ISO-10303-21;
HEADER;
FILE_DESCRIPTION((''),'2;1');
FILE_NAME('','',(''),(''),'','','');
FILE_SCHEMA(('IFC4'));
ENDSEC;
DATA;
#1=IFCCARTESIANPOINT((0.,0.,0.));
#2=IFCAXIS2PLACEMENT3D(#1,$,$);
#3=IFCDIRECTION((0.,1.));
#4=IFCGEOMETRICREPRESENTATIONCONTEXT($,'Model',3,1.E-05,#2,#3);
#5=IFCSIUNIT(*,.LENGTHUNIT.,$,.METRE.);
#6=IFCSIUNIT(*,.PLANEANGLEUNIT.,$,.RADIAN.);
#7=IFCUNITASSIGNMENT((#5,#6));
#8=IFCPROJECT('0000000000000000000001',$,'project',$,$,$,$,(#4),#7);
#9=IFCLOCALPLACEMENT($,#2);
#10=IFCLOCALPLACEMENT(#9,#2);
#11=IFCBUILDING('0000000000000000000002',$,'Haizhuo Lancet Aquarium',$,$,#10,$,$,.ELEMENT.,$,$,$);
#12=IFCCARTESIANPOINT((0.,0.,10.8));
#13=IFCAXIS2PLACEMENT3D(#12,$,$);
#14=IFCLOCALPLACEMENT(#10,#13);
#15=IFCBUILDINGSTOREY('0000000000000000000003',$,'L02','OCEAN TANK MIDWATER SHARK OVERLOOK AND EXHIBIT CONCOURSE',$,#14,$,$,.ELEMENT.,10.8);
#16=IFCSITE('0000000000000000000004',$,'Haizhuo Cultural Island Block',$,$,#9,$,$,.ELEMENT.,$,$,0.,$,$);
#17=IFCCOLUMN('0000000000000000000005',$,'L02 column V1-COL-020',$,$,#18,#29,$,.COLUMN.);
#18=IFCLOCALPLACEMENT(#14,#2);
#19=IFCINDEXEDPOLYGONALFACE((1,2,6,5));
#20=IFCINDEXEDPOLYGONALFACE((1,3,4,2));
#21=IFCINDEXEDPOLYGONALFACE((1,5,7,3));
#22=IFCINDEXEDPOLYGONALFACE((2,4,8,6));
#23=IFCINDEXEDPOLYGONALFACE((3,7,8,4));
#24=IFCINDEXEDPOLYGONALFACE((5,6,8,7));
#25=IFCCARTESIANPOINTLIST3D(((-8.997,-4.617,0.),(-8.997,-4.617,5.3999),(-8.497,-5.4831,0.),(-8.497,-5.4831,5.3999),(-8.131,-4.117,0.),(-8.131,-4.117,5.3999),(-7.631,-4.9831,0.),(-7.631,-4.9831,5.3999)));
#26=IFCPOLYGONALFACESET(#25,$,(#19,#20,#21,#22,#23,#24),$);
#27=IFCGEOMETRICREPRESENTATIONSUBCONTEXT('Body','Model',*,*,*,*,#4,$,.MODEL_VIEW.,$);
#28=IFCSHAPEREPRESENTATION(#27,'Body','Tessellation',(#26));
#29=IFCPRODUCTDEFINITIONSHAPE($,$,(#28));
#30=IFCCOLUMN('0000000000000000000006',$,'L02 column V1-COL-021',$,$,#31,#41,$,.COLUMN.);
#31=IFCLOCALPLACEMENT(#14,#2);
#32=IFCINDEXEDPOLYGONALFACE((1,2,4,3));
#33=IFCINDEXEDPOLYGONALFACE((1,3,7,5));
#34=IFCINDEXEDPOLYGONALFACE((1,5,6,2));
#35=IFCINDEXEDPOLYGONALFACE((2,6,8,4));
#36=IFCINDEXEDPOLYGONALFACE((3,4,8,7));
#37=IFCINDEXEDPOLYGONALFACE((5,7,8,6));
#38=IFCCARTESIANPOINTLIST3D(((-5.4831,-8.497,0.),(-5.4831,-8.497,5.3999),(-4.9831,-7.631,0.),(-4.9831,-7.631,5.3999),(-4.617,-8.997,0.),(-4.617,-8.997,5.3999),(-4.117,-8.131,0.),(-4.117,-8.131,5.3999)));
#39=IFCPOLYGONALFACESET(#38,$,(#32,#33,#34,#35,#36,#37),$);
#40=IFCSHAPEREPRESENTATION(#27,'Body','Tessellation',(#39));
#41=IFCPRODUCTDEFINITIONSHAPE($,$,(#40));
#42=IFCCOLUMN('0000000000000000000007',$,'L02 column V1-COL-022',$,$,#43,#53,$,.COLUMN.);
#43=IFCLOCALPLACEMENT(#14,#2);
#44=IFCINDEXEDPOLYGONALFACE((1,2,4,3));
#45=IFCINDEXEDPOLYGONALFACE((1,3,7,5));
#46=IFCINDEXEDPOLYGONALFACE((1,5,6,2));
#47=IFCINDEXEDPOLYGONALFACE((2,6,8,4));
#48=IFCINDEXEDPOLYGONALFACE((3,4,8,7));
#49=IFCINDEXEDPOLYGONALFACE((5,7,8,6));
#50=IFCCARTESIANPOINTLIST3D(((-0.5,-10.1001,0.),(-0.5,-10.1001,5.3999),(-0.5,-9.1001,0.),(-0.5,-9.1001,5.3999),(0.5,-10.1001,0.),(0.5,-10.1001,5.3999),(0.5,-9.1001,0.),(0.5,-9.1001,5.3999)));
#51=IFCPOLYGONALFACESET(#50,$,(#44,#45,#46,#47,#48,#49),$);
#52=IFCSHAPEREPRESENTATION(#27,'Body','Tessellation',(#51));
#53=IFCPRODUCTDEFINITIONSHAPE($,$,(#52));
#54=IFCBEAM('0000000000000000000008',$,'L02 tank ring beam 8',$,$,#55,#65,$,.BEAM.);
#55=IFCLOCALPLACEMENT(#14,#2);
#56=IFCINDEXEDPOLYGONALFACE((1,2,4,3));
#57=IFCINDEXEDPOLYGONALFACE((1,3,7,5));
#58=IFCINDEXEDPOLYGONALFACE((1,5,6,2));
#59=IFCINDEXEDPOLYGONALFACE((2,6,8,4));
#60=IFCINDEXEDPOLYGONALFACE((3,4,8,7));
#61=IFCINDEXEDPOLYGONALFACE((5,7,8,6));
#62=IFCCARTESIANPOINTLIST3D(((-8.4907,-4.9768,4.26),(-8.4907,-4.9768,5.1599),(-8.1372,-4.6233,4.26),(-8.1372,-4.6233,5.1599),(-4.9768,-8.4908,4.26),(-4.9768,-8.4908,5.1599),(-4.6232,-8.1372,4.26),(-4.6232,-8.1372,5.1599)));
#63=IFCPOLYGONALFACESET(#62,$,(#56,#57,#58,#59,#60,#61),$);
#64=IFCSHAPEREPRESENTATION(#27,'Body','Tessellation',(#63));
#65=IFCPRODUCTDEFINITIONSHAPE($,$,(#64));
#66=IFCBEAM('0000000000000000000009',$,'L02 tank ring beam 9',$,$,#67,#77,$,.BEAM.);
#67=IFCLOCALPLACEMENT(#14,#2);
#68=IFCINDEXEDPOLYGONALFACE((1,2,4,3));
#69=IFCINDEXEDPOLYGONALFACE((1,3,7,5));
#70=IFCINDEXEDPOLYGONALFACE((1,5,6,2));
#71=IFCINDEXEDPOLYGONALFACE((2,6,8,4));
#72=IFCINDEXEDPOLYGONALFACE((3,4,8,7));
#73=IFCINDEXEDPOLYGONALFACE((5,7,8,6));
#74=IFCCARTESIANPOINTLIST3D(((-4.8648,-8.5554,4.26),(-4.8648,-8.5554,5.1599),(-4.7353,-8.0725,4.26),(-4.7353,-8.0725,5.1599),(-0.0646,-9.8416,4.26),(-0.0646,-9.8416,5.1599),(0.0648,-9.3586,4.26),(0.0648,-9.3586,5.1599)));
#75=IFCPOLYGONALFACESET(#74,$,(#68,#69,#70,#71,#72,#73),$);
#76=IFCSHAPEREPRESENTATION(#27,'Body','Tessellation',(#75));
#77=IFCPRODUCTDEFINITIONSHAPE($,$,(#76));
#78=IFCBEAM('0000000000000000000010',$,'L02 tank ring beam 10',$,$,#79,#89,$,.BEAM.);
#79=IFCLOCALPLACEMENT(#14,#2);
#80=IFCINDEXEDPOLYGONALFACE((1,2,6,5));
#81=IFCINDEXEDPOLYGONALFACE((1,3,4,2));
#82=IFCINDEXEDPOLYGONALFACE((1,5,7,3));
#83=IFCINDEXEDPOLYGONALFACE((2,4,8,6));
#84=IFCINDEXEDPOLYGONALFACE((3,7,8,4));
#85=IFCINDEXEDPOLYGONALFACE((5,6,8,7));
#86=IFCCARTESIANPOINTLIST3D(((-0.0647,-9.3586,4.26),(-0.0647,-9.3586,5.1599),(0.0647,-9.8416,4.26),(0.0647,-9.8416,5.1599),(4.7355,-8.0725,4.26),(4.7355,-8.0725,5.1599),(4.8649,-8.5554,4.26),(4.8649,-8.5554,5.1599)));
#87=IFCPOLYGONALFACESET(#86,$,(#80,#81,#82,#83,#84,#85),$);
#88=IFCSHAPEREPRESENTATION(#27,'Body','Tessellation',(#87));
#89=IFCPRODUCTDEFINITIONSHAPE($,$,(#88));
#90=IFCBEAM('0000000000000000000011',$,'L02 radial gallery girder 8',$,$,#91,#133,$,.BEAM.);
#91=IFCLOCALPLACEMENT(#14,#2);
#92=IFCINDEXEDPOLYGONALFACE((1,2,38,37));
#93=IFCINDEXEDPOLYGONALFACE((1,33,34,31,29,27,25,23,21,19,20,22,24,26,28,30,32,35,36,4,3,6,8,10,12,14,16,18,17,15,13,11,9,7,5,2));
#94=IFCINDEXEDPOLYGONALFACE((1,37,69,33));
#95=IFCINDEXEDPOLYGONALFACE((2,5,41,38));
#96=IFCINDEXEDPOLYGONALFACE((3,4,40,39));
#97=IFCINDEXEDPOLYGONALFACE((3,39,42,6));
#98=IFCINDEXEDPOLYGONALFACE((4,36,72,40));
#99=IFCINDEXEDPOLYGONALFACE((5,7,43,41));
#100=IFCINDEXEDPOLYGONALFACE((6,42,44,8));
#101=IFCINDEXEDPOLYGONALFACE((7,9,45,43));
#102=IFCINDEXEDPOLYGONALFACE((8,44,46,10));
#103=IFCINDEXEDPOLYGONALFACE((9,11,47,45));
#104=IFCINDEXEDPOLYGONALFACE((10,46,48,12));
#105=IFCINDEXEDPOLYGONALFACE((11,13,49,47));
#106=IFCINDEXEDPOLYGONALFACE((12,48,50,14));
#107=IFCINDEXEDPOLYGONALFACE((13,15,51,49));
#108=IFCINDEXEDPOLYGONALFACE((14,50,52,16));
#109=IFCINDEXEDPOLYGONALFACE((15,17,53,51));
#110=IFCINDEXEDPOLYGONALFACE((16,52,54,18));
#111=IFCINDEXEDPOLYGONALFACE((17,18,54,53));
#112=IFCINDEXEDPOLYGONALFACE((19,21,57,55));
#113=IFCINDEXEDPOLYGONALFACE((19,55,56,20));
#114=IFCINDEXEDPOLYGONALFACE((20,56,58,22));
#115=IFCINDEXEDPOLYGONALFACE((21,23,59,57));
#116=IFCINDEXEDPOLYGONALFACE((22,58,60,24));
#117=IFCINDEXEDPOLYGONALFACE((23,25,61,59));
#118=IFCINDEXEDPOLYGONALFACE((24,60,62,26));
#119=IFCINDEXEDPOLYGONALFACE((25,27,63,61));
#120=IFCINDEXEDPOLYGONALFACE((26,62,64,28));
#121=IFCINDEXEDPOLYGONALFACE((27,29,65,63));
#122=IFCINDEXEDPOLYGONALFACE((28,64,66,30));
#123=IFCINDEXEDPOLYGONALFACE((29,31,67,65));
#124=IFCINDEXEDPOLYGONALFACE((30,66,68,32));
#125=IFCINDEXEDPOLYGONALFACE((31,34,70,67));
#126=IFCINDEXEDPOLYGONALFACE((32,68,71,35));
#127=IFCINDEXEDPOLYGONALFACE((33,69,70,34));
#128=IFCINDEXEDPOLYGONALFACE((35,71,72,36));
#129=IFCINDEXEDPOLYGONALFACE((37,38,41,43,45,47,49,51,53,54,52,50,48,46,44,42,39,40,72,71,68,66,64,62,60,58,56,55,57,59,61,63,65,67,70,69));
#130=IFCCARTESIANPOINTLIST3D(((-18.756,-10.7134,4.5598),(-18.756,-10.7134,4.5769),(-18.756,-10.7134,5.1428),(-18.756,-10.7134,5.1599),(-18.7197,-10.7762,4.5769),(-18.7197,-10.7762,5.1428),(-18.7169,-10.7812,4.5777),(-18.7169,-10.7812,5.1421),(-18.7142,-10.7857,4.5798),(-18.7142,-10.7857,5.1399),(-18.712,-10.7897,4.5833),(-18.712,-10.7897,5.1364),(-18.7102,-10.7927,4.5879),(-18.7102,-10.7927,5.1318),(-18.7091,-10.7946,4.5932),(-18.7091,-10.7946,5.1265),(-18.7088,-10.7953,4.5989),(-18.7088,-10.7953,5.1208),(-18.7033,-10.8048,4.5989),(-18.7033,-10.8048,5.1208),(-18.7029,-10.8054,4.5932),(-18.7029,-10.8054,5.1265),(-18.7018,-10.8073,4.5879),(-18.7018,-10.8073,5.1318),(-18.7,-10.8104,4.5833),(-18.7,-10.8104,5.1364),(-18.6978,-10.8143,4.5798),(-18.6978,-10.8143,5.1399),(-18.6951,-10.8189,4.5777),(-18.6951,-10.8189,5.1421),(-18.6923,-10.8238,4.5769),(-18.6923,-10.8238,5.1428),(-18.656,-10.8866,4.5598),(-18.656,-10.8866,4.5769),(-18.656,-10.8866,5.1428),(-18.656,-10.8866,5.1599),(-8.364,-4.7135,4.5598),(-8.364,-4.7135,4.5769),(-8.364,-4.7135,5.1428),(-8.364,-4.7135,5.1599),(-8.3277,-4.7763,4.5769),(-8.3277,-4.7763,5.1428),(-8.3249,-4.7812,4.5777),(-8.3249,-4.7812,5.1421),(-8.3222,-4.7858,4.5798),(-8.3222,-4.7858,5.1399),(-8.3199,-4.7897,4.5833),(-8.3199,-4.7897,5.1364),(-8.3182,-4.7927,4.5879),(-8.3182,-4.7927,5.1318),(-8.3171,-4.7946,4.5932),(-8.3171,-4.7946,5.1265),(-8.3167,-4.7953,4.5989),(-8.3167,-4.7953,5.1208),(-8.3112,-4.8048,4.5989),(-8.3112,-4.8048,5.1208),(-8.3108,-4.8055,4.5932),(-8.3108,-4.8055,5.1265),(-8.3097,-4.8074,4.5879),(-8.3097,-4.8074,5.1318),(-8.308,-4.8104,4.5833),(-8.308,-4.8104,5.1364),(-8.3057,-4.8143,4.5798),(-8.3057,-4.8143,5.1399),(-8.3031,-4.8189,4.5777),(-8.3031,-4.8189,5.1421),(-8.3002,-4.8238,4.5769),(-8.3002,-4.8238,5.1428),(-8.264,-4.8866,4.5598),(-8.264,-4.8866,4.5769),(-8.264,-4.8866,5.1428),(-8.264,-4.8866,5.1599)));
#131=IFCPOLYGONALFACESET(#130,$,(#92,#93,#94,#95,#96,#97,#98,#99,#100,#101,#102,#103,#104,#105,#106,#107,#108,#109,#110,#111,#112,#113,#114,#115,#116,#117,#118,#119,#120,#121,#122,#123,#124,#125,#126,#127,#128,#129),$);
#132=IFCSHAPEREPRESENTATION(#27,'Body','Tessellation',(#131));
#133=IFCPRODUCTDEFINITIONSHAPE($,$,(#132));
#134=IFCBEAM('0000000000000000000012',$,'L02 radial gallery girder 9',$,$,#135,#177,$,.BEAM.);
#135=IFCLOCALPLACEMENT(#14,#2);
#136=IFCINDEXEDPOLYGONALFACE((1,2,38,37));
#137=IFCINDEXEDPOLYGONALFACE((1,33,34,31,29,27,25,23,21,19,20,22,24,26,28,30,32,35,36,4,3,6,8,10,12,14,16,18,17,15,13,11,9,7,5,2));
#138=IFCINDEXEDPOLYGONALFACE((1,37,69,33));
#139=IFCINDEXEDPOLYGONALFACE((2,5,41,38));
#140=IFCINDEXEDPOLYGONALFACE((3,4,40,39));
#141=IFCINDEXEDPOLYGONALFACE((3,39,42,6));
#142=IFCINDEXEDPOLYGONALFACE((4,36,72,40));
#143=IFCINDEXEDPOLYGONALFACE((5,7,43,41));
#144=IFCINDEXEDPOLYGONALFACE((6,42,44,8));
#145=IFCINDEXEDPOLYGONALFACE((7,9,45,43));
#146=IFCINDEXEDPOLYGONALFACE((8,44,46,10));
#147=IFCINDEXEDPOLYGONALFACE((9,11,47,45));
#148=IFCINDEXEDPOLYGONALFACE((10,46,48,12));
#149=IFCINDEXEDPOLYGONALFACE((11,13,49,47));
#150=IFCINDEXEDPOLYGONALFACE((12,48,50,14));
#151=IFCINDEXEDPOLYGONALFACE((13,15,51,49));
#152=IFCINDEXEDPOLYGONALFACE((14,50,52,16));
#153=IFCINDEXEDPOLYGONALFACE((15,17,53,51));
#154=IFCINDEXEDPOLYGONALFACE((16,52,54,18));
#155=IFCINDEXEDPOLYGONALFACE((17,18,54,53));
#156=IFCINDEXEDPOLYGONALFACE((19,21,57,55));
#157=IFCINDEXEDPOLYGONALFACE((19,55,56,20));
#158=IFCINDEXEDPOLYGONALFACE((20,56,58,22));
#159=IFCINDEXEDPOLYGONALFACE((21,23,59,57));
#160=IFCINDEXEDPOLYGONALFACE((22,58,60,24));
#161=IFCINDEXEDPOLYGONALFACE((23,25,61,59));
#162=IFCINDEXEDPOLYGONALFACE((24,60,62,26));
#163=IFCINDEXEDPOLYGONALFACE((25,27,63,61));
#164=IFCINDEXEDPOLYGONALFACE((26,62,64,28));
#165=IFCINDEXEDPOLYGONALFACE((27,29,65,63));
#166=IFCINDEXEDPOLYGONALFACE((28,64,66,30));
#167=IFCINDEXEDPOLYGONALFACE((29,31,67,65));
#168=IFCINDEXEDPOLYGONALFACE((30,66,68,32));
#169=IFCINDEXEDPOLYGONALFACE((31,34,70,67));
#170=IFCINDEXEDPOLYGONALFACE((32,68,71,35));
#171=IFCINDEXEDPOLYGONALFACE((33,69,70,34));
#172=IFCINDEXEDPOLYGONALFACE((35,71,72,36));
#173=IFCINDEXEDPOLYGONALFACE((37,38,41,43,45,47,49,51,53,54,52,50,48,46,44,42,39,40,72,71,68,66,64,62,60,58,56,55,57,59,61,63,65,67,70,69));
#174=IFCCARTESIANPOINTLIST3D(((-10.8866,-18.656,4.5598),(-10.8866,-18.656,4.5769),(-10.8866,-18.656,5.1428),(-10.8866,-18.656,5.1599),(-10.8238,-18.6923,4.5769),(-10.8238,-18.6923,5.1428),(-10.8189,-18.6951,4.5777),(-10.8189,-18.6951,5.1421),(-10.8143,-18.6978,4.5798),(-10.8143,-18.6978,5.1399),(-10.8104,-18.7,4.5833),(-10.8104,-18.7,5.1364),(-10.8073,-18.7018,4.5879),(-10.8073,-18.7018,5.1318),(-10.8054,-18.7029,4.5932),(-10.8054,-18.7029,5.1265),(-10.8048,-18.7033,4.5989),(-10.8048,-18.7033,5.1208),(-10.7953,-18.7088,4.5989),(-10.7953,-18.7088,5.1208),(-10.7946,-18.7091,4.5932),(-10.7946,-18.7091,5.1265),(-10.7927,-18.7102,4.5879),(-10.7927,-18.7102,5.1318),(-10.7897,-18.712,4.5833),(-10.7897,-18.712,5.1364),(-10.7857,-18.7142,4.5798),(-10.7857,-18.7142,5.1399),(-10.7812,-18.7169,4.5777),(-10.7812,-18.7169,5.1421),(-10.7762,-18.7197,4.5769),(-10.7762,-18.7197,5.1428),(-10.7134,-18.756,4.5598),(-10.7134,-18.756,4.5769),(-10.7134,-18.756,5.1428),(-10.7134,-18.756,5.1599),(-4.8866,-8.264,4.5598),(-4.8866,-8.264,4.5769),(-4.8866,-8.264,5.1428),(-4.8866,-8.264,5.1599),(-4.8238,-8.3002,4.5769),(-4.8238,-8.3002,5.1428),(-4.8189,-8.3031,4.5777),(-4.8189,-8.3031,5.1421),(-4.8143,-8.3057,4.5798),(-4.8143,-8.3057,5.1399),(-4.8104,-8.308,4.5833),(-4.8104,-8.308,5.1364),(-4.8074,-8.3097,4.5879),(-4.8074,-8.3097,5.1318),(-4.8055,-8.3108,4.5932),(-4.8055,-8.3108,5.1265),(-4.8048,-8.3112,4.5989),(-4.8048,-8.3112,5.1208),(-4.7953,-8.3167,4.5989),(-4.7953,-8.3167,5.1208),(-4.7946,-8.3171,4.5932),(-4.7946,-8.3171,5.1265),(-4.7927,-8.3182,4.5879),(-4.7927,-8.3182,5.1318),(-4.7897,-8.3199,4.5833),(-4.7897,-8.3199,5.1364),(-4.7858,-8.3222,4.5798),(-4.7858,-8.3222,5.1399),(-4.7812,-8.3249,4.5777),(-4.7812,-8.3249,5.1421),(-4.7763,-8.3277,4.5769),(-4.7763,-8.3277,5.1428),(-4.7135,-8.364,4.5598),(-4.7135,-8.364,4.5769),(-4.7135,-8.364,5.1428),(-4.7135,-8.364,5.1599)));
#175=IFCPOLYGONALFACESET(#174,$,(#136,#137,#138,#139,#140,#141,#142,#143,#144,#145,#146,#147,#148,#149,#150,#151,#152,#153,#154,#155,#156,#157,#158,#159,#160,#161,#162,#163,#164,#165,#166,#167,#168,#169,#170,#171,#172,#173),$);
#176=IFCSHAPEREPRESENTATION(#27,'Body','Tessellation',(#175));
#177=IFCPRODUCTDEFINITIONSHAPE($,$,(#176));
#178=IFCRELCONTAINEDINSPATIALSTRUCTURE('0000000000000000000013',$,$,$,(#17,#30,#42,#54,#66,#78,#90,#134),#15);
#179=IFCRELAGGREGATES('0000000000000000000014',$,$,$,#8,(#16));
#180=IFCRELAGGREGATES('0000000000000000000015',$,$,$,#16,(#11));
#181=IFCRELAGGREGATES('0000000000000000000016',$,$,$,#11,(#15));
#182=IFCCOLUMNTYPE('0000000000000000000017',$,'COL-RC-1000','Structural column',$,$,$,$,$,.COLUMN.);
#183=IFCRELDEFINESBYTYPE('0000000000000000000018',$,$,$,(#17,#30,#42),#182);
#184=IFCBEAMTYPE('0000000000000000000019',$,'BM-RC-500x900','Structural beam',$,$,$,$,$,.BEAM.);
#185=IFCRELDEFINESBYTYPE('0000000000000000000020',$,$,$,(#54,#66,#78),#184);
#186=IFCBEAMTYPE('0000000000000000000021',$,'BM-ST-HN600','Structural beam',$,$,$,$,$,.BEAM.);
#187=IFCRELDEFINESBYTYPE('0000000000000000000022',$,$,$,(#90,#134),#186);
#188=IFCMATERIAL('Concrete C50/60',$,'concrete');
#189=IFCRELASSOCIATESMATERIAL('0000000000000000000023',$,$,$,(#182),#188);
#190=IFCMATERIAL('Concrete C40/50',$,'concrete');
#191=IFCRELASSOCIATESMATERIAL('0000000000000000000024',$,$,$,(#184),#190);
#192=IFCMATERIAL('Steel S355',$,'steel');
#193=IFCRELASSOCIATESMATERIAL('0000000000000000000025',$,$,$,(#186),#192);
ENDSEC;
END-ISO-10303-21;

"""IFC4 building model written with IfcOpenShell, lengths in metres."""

from ifc_helpers import new_model, si_unit, direction, frame, origin, origin_2d, place, context, subcontext, project, spatial, rectangle, i_section, extrude, material, material_profile, profile_set, type_object, element, save


model = new_model("IFC4")

# Units and contexts
model_context = context("Model", 3, precision=1e-05, world=origin(), true_north=direction((0.0, 1.0)))
body_context = subcontext(model_context, "Body", "Model", "MODEL_VIEW")
ifc_project = project(units=[si_unit("LENGTHUNIT", "METRE"), si_unit("PLANEANGLEUNIT", "RADIAN")], contexts=[model_context])

# Site, building, storey
site_placement = place(None, origin())
site = spatial("IfcSite", under=ifc_project, at=site_placement, Name="Haizhuo Cultural Island Block", CompositionType="ELEMENT", RefElevation=0.0)
building_placement = place(site_placement, origin())
building = spatial("IfcBuilding", under=site, at=building_placement, Name="Haizhuo Lancet Aquarium", CompositionType="ELEMENT")
storey_placement = place(building_placement, frame((0.0, 0.0, 10.8)))
storey = spatial("IfcBuildingStorey", under=building, at=storey_placement, Name="L02", Description="OCEAN TANK MIDWATER SHARK OVERLOOK AND EXHIBIT CONCOURSE", CompositionType="ELEMENT", Elevation=10.8)

# Columns
ifc_material_1 = material(Name="Concrete C50/60", Category="concrete")
ifc_material_profile_1 = material_profile(ifc_material_1, rectangle(XDim=1.0, YDim=1.0, at=origin_2d()), Name="RC-COL 1000x1000")
ifc_profile_set_1 = profile_set([ifc_material_profile_1], Name="Concrete C50/60")
column_type = type_object("IfcColumnType", Name="COL-RC-1000", Description="Structural column", PredefinedType="COLUMN", material=ifc_profile_set_1)
for number, where, z_axis, x_axis, name in (
    (1, (-8.314, -4.8, 0.0), (0.0, 0.0, 1.0), (-0.866025, -0.5, 0.0), "L02 column V1-COL-020"),
    (2, (-4.8, -8.314, 0.0), (0.0, 0.0, 1.0), (-0.5, -0.866025, 0.0), "L02 column V1-COL-021"),
    (3, (0.0, -9.6001, 0.0), (0.0, 0.0, 1.0), (0.0, -1.0, 0.0), "L02 column V1-COL-022"),
):
    element("IfcColumn", number, at=place(storey_placement, frame(where, z_axis=z_axis, x_axis=x_axis)), inside=storey, type_object=column_type, Name=name, PredefinedType="COLUMN", context=body_context, shape_type="SweptSolid", body=[
        extrude(rectangle(XDim=1.0, YDim=1.0, at=origin_2d()), origin(), (0.0, 0.0, 1.0), 5.3999),
    ])

# Beams
ifc_material_2 = material(Name="Concrete C40/50", Category="concrete")
ifc_material_profile_2 = material_profile(ifc_material_2, rectangle(XDim=0.5, YDim=0.8999, at=origin_2d()), Name="RC-BM 500x900")
ifc_profile_set_2 = profile_set([ifc_material_profile_2], Name="Concrete C40/50")
beam_type_1 = type_object("IfcBeamType", Name="BM-RC-500x900", Description="Structural beam", PredefinedType="BEAM", material=ifc_profile_set_2)
for number, where, z_axis, x_axis, name in (
    (4, (-8.314, -4.8, 4.71), (0.707107, -0.707107, 0.0), (0.707107, 0.707107, 0.0), "L02 tank ring beam 8"),
    (5, (-4.8, -8.314, 4.71), (0.965928, -0.258812, 0.0), (0.258812, 0.965928, 0.0), "L02 tank ring beam 9"),
    (6, (0.0, -9.6001, 4.71), (0.965928, 0.258812, 0.0), (-0.258812, 0.965928, 0.0), "L02 tank ring beam 10"),
):
    element("IfcBeam", number, at=place(storey_placement, frame(where, z_axis=z_axis, x_axis=x_axis)), inside=storey, type_object=beam_type_1, Name=name, PredefinedType="BEAM", context=body_context, shape_type="SweptSolid", body=[
        extrude(rectangle(XDim=0.5, YDim=0.8999, at=origin_2d()), origin(), (0.0, 0.0, 1.0), 4.9695),
    ])
ifc_material_3 = material(Name="Steel S355", Category="steel")
ifc_material_profile_3 = material_profile(ifc_material_3, i_section(OverallWidth=0.2, OverallDepth=0.6001, WebThickness=0.011, FlangeThickness=0.0171, FilletRadius=0.022, at=origin_2d()), Name="HN 600x200x11x17")
ifc_profile_set_3 = profile_set([ifc_material_profile_3], Name="Steel S355")
beam_type_2 = type_object("IfcBeamType", Name="BM-ST-HN600", Description="Structural beam", PredefinedType="BEAM", material=ifc_profile_set_3)
for number, where, z_axis, x_axis, name in (
    (7, (-8.314, -4.8, 4.8599), (-0.866021, -0.500008, 0.0), (0.500008, -0.866021, 0.0), "L02 radial gallery girder 8"),
    (8, (-4.8, -8.314, 4.8599), (-0.500008, -0.866021, 0.0), (0.866021, -0.500008, 0.0), "L02 radial gallery girder 9"),
):
    element("IfcBeam", number, at=place(storey_placement, frame(where, z_axis=z_axis, x_axis=x_axis)), inside=storey, type_object=beam_type_2, Name=name, PredefinedType="BEAM", context=body_context, shape_type="SweptSolid", body=[
        extrude(i_section(OverallWidth=0.2, OverallDepth=0.6001, WebThickness=0.011, FlangeThickness=0.0171, FilletRadius=0.022, at=origin_2d()), origin(), (0.0, 0.0, 1.0), 11.9998),
    ])

save(model, "model.ifc")
